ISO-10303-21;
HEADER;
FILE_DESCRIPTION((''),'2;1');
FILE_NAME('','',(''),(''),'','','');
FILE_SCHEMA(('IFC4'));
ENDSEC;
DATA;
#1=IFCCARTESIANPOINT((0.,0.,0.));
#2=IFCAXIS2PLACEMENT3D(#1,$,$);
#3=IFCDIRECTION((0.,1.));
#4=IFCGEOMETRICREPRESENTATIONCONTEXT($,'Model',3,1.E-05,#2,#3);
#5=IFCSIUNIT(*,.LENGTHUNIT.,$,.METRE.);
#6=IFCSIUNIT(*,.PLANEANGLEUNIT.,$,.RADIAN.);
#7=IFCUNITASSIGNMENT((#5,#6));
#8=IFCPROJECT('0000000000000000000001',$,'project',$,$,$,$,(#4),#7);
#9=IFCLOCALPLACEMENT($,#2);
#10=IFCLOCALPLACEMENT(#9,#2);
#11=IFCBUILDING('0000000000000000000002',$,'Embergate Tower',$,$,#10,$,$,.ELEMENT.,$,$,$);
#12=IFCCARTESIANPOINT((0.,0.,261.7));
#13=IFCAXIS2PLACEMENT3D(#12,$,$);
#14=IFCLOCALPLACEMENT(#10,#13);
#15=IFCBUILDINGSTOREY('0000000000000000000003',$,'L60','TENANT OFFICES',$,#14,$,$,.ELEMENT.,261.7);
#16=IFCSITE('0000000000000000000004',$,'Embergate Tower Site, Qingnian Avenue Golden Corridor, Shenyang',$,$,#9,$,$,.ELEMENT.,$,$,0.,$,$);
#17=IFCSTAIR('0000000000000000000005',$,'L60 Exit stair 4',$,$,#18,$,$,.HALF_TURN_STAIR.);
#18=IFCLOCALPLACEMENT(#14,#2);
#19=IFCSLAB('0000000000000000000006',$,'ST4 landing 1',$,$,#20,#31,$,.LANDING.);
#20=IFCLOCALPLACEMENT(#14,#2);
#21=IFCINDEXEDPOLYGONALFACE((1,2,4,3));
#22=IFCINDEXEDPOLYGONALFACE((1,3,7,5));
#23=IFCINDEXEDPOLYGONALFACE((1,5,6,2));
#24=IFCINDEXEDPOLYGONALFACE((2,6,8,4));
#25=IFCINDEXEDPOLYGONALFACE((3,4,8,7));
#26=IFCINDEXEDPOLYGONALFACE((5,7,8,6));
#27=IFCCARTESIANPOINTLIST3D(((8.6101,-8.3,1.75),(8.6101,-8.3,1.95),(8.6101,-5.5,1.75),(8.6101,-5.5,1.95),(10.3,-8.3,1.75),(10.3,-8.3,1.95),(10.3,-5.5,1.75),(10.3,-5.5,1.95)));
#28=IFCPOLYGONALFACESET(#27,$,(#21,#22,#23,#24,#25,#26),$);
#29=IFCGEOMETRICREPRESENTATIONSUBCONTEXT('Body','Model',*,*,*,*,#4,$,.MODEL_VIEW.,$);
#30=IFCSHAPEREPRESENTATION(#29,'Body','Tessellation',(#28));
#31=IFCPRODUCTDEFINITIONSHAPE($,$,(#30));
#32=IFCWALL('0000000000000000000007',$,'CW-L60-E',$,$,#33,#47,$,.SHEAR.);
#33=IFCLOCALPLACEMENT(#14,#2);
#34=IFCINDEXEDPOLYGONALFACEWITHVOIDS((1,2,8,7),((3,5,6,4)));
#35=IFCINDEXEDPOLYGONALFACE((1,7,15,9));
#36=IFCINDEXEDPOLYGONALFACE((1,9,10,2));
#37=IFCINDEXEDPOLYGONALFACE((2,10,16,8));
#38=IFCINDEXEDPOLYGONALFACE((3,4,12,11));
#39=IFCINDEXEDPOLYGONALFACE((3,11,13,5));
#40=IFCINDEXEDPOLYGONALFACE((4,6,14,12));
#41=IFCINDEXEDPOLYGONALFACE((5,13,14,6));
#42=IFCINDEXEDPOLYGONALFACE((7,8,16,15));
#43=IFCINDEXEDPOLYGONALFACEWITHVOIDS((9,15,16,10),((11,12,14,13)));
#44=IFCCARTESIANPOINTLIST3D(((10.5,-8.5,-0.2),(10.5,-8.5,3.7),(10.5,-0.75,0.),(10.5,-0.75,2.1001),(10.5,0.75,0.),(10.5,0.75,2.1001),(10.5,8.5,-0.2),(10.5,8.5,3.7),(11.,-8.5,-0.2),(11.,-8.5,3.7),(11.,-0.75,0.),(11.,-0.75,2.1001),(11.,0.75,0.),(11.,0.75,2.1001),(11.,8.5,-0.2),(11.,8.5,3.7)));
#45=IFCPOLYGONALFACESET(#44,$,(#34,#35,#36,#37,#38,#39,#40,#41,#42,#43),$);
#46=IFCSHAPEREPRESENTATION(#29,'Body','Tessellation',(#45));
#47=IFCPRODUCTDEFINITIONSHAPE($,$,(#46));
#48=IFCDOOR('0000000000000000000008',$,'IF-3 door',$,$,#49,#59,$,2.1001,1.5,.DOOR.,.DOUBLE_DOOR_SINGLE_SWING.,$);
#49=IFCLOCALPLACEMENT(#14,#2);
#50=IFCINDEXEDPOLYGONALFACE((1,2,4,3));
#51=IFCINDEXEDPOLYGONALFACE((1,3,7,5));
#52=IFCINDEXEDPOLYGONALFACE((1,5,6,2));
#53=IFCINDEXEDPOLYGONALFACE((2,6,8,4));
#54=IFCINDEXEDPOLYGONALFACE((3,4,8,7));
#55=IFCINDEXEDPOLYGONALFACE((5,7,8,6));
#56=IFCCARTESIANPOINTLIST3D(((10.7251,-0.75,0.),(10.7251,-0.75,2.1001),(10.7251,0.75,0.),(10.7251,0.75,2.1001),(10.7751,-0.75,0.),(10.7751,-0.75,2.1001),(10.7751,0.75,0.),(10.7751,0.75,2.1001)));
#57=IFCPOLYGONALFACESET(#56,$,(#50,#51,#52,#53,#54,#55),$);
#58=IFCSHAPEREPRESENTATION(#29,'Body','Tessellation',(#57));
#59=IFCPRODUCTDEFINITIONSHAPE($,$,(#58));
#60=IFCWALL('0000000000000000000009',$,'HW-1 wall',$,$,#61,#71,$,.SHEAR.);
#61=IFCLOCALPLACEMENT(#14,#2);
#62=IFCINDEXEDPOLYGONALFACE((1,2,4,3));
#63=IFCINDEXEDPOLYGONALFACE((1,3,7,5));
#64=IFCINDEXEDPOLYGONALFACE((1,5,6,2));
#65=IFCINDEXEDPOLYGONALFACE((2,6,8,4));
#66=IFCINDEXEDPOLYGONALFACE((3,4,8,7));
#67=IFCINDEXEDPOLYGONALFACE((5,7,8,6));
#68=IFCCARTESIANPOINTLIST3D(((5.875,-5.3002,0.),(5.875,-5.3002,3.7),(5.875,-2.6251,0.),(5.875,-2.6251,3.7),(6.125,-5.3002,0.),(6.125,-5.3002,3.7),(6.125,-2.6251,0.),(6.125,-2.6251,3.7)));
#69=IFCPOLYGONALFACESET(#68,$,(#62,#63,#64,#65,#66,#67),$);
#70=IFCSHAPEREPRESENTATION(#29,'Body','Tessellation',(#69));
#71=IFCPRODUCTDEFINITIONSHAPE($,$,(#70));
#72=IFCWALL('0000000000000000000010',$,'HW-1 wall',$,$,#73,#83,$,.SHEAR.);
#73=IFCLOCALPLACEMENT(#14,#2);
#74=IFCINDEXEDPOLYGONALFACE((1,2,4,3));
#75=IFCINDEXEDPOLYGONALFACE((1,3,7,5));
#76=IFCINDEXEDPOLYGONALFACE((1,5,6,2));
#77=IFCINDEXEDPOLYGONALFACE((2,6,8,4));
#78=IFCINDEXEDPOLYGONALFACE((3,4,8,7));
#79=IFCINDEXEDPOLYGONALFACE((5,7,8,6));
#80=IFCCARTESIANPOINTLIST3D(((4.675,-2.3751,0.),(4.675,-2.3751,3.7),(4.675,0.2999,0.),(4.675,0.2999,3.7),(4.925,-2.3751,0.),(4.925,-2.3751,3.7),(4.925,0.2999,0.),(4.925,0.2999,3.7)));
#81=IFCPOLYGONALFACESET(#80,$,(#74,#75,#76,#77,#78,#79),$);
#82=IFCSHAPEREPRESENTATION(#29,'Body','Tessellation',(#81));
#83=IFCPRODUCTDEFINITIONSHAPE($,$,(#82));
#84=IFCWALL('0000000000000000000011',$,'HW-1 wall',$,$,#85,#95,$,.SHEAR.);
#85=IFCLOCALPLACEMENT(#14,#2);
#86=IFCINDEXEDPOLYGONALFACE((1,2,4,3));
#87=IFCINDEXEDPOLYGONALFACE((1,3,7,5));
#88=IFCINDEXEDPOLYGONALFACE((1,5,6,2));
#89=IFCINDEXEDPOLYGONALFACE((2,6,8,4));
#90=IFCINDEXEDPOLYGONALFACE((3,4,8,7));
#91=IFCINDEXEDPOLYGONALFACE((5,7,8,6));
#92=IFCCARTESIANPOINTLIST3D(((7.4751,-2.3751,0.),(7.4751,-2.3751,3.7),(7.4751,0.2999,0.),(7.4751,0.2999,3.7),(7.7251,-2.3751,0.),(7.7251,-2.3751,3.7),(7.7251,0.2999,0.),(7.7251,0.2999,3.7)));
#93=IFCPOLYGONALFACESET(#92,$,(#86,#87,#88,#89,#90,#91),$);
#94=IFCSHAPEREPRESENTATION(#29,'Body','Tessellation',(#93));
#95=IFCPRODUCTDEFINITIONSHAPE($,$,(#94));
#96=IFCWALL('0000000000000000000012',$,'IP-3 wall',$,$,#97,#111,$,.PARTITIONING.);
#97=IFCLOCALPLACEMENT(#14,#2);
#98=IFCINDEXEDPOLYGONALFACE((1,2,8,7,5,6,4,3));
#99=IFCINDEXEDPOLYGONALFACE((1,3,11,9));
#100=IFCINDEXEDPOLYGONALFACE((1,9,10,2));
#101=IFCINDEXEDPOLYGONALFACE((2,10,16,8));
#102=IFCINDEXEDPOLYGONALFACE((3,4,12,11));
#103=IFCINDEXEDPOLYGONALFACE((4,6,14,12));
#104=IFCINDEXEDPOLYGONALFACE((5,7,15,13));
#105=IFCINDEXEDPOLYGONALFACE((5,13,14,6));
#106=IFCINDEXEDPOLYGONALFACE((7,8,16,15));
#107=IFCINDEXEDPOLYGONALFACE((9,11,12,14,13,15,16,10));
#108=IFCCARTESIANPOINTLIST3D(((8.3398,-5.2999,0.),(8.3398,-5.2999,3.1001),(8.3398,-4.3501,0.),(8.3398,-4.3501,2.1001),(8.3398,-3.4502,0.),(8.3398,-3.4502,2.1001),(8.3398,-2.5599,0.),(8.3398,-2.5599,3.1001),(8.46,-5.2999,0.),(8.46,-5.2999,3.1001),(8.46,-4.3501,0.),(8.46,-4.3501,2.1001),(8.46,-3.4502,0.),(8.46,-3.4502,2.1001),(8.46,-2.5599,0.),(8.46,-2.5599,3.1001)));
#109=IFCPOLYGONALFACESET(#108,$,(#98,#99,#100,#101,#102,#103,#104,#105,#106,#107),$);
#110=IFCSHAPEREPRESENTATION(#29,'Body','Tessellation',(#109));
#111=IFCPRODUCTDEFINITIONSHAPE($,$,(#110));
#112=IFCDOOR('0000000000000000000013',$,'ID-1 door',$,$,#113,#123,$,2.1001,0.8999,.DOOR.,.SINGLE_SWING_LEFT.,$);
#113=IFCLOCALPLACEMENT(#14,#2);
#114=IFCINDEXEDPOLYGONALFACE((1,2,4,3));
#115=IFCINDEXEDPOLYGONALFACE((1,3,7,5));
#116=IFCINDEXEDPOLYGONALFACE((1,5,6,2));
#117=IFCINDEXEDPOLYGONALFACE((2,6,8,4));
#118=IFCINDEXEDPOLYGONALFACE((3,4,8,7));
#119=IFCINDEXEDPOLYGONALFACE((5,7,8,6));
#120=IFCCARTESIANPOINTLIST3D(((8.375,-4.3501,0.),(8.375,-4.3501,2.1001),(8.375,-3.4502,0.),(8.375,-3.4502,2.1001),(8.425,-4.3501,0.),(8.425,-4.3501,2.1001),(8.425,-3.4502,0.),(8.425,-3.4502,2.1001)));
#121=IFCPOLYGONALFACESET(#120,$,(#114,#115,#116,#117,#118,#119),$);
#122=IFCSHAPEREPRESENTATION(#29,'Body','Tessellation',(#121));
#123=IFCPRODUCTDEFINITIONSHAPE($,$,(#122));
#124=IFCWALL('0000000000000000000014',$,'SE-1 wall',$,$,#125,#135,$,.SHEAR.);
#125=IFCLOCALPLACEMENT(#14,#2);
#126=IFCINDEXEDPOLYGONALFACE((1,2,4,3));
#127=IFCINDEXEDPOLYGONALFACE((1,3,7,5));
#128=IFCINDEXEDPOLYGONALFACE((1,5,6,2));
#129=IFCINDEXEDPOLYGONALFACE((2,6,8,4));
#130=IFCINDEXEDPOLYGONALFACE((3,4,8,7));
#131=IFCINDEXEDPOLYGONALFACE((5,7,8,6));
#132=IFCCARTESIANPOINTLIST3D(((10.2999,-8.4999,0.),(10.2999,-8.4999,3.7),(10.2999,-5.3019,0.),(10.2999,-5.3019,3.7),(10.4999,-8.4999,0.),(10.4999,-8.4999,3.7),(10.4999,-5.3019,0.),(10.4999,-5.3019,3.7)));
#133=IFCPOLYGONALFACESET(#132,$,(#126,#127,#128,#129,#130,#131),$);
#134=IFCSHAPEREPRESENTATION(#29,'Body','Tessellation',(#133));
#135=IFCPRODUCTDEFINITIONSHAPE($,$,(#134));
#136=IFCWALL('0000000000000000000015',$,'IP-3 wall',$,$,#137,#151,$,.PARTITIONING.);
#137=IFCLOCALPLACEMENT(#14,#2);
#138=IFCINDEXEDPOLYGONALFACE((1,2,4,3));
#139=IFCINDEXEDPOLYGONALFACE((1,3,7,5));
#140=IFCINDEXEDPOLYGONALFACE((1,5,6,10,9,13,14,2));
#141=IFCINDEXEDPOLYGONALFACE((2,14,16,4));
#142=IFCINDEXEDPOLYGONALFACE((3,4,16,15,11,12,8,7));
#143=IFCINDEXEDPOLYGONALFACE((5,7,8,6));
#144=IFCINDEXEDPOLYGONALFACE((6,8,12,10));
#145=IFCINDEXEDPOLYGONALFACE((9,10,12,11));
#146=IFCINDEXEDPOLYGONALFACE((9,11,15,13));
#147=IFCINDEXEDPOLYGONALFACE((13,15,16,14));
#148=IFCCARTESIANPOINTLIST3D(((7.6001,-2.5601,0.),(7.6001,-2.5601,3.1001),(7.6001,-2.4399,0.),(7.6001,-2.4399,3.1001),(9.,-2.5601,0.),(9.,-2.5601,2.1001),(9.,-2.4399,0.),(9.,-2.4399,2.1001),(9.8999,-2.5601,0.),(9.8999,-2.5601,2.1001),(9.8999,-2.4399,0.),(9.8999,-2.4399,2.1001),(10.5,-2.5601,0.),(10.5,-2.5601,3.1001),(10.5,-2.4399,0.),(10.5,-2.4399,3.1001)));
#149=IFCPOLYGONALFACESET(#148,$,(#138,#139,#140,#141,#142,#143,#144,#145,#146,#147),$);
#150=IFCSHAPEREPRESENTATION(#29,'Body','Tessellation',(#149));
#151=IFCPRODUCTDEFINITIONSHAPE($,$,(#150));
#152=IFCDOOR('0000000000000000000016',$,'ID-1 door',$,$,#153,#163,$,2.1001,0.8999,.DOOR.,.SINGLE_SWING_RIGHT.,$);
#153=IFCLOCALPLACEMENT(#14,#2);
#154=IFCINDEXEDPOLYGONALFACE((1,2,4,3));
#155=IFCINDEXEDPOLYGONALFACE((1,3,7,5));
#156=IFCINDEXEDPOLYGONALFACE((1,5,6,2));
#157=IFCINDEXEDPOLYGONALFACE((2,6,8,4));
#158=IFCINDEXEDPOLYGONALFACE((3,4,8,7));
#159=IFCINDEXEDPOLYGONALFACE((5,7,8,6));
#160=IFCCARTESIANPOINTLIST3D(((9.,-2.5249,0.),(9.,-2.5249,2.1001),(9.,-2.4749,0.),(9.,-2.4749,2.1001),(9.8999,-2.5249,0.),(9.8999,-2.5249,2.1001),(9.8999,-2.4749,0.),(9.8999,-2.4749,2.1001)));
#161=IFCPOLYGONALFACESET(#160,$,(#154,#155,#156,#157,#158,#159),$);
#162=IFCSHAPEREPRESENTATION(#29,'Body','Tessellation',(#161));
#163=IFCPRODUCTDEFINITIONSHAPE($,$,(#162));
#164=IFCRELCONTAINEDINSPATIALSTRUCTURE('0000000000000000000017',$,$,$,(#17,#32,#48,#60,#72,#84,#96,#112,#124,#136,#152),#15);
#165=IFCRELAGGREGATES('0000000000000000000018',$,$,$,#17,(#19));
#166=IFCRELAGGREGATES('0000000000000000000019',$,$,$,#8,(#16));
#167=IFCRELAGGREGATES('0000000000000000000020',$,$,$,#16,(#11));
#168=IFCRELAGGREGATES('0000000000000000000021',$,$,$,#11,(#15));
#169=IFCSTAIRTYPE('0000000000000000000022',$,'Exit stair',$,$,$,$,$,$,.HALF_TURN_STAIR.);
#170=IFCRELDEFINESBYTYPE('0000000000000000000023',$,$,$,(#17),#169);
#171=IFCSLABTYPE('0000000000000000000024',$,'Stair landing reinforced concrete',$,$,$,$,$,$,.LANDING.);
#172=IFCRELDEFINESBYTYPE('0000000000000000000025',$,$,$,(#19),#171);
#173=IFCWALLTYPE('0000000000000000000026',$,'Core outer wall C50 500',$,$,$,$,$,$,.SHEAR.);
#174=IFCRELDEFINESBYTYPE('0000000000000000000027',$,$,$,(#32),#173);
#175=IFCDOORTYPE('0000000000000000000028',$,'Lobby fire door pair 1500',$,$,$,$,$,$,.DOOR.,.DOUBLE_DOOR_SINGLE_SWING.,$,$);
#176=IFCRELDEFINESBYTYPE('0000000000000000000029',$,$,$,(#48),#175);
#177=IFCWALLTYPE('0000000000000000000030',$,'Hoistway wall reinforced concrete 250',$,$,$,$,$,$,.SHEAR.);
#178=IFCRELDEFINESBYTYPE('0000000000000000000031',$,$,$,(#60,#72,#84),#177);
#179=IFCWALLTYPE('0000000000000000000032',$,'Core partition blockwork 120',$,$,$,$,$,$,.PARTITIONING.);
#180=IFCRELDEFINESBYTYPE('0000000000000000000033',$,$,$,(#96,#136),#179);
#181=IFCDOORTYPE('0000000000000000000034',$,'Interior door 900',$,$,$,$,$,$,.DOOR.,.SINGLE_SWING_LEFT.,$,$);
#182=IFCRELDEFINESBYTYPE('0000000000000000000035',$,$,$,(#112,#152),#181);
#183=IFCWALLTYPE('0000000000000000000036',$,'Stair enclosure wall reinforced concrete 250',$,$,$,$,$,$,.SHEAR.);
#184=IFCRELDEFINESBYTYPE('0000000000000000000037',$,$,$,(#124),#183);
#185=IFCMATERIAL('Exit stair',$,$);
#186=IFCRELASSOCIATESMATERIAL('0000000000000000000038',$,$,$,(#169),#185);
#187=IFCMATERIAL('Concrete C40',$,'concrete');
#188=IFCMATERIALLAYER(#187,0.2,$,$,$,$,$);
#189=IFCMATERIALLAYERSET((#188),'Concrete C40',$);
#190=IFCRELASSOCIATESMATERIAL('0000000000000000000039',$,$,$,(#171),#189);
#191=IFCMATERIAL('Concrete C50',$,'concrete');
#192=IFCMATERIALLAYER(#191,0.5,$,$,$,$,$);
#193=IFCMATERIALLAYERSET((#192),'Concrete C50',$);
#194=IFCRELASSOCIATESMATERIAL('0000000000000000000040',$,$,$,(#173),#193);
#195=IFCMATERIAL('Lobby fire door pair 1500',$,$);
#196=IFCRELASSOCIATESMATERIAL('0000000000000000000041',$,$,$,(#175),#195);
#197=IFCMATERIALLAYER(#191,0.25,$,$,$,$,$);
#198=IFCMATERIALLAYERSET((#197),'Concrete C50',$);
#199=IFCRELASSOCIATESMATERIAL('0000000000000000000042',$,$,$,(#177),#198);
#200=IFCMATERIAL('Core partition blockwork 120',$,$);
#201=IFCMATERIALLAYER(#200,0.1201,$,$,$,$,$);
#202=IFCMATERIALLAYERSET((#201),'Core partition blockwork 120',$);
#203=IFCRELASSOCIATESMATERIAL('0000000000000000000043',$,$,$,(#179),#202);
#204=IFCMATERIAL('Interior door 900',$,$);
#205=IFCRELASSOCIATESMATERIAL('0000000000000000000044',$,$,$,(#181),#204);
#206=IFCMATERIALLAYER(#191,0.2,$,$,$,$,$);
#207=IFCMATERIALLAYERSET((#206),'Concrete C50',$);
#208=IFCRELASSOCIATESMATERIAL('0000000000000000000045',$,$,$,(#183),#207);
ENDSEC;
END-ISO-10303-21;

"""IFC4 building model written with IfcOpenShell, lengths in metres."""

from ifc_helpers import new_model, si_unit, direction, frame, frame_2d, origin, place, context, subcontext, project, spatial, polyline, rectangle, outline, extrude, source, transform, mapped, material, layer, layer_set, type_object, element, fill, aggregate, save


model = new_model("IFC4")

# Units and contexts
model_context = context("Model", 3, precision=1e-05, world=origin(), true_north=direction((0.0, 1.0)))
body_context = subcontext(model_context, "Body", "Model", "MODEL_VIEW")
ifc_project = project(units=[si_unit("LENGTHUNIT", "METRE"), si_unit("PLANEANGLEUNIT", "RADIAN")], contexts=[model_context])

# Site, building, storey
site_placement = place(None, origin())
site = spatial("IfcSite", under=ifc_project, at=site_placement, Name="Embergate Tower Site, Qingnian Avenue Golden Corridor, Shenyang", CompositionType="ELEMENT", RefElevation=0.0)
building_placement = place(site_placement, origin())
building = spatial("IfcBuilding", under=site, at=building_placement, Name="Embergate Tower", CompositionType="ELEMENT")
storey_placement = place(building_placement, frame((0.0, 0.0, 261.7)))
storey = spatial("IfcBuildingStorey", under=building, at=storey_placement, Name="L60", Description="TENANT OFFICES", CompositionType="ELEMENT", Elevation=261.7)

# Stair, slab
ifc_material_1 = material(Name="Exit stair")
stair_type = type_object("IfcStairType", Name="Exit stair", PredefinedType="HALF_TURN_STAIR", material=ifc_material_1)
stair_placement = place(storey_placement, origin())
stair = element("IfcStair", 1, at=stair_placement, inside=storey, type_object=stair_type, Name="L60 Exit stair 4", PredefinedType="HALF_TURN_STAIR")
ifc_material_2 = material(Name="Concrete C40", Category="concrete")
ifc_layer_1 = layer(ifc_material_2, 0.2)
ifc_layer_set_1 = layer_set([ifc_layer_1], Name="Concrete C40")
slab_type = type_object("IfcSlabType", Name="Stair landing reinforced concrete", PredefinedType="LANDING", material=ifc_layer_set_1)
shared_shape_1 = source(origin(), body_context, "Body", "SweptSolid", [
    extrude(outline(polyline([(0.0, 0.0), (1.6899, 0.0), (1.6899, 2.8), (0.0, 2.8), (0.0, 0.0)])), origin(), (0.0, 0.0, 1.0), 0.2),
])
slab_placement = place(storey_placement, frame((8.6101, -8.3, 1.75)))
slab = element("IfcSlab", 2, at=slab_placement, type_object=slab_type, Name="ST4 landing 1", PredefinedType="LANDING", context=body_context, shape_type="MappedRepresentation", body=[
    mapped(shared_shape_1, transform((0.0, 0.0, 0.0))),
])

# Wall, opening, door
ifc_material_3 = material(Name="Concrete C50", Category="concrete")
ifc_layer_2 = layer(ifc_material_3, 0.5)
ifc_layer_set_2 = layer_set([ifc_layer_2], Name="Concrete C50")
wall_type_1 = type_object("IfcWallType", Name="Core outer wall C50 500", PredefinedType="SHEAR", material=ifc_layer_set_2)
shared_shape_2 = source(origin(), body_context, "Body", "SweptSolid", [
    extrude(rectangle(XDim=17.0, YDim=0.5, at=frame_2d((8.5, 0.0))), origin(), (0.0, 0.0, 1.0), 3.8999),
])
wall_1_placement = place(storey_placement, frame((10.75, -8.5, -0.2), z_axis=(0.0, 0.0, 1.0), x_axis=(0.0, 1.0, 0.0)))
wall_1 = element("IfcWall", 3, at=wall_1_placement, inside=storey, type_object=wall_type_1, Name="CW-L60-E", PredefinedType="SHEAR", context=body_context, shape_type="MappedRepresentation", body=[
    mapped(shared_shape_2, transform((0.0, 0.0, 0.0))),
])
shared_shape_3 = source(origin(), body_context, "Body", "SweptSolid", [
    extrude(rectangle(XDim=1.5, YDim=2.1001, at=frame_2d((0.75, 1.05))), frame((0.0, 0.26, 0.0), z_axis=(0.0, -1.0, 0.0), x_axis=(1.0, 0.0, 0.0)), (0.0, 0.0, 1.0), 0.52),
])
opening_1_placement = place(wall_1_placement, frame((7.75, 0.0, 0.2)))
opening_1 = element("IfcOpeningElement", 4, at=opening_1_placement, cuts=wall_1, PredefinedType="OPENING", context=body_context, shape_type="MappedRepresentation", body=[
    mapped(shared_shape_3, transform((0.0, 0.0, 0.0))),
])
ifc_material_4 = material(Name="Lobby fire door pair 1500")
door_type_1 = type_object("IfcDoorType", Name="Lobby fire door pair 1500", OperationType="DOUBLE_DOOR_SINGLE_SWING", PredefinedType="DOOR", material=ifc_material_4)
shared_shape_4 = source(origin(), body_context, "Body", "SweptSolid", [
    extrude(rectangle(XDim=1.5, YDim=2.1001, at=frame_2d((0.75, 1.05))), frame((0.0, 0.0249, 0.0), z_axis=(0.0, -1.0, 0.0), x_axis=(1.0, 0.0, 0.0)), (0.0, 0.0, 1.0), 0.05),
])
door_1_placement = place(opening_1_placement, origin())
door_1 = element("IfcDoor", 5, at=door_1_placement, inside=storey, type_object=door_type_1, Name="IF-3 door", OperationType="DOUBLE_DOOR_SINGLE_SWING", OverallHeight=2.1001, OverallWidth=1.5, PredefinedType="DOOR", context=body_context, shape_type="MappedRepresentation", body=[
    mapped(shared_shape_4, transform((0.0, 0.0, 0.0))),
])
fill(opening_1, door_1)

# Walls
ifc_layer_3 = layer(ifc_material_3, 0.25)
ifc_layer_set_3 = layer_set([ifc_layer_3], Name="Concrete C50")
wall_type_2 = type_object("IfcWallType", Name="Hoistway wall reinforced concrete 250", PredefinedType="SHEAR", material=ifc_layer_set_3)
shared_shape_5 = source(origin(), body_context, "Body", "SweptSolid", [
    extrude(rectangle(XDim=2.675, YDim=0.25, at=frame_2d((1.3374, 0.0))), origin(), (0.0, 0.0, 1.0), 3.7),
])
for number, where, z_axis, x_axis, name in (
    (6, (6.0, -5.3, 0.0), (0.0, 0.0, 1.0), (0.0, 1.0, 0.0), "HW-1 wall"),
    (7, (4.8, -2.375, 0.0), (0.0, 0.0, 1.0), (0.0, 1.0, 0.0), "HW-1 wall"),
    (8, (7.6001, -2.375, 0.0), (0.0, 0.0, 1.0), (0.0, 1.0, 0.0), "HW-1 wall"),
):
    element("IfcWall", number, at=place(storey_placement, frame(where, z_axis=z_axis, x_axis=x_axis)), inside=storey, type_object=wall_type_2, Name=name, PredefinedType="SHEAR", context=body_context, shape_type="MappedRepresentation", body=[
        mapped(shared_shape_5, transform((0.0, 0.0, 0.0))),
    ])

# Wall, opening, door
ifc_material_5 = material(Name="Core partition blockwork 120")
ifc_layer_4 = layer(ifc_material_5, 0.1201)
ifc_layer_set_4 = layer_set([ifc_layer_4], Name="Core partition blockwork 120")
wall_type_3 = type_object("IfcWallType", Name="Core partition blockwork 120", PredefinedType="PARTITIONING", material=ifc_layer_set_4)
shared_shape_6 = source(origin(), body_context, "Body", "SweptSolid", [
    extrude(rectangle(XDim=2.74, YDim=0.1201, at=frame_2d((1.3701, 0.0))), origin(), (0.0, 0.0, 1.0), 3.1001),
])
wall_2_placement = place(storey_placement, frame((8.3999, -5.3, 0.0), z_axis=(0.0, 0.0, 1.0), x_axis=(0.0, 1.0, 0.0)))
wall_2 = element("IfcWall", 9, at=wall_2_placement, inside=storey, type_object=wall_type_3, Name="IP-3 wall", PredefinedType="PARTITIONING", context=body_context, shape_type="MappedRepresentation", body=[
    mapped(shared_shape_6, transform((0.0, 0.0, 0.0))),
])
shared_shape_7 = source(origin(), body_context, "Body", "SweptSolid", [
    extrude(rectangle(XDim=0.8999, YDim=2.1001, at=frame_2d((0.45, 1.05))), frame((0.0, 0.0701, 0.0), z_axis=(0.0, -1.0, 0.0), x_axis=(1.0, 0.0, 0.0)), (0.0, 0.0, 1.0), 0.1401),
])
opening_2_placement = place(wall_2_placement, frame((0.95, 0.0, 0.0)))
opening_2 = element("IfcOpeningElement", 10, at=opening_2_placement, cuts=wall_2, PredefinedType="OPENING", context=body_context, shape_type="MappedRepresentation", body=[
    mapped(shared_shape_7, transform((0.0, 0.0, 0.0))),
])
ifc_material_6 = material(Name="Interior door 900")
door_type_2 = type_object("IfcDoorType", Name="Interior door 900", OperationType="SINGLE_SWING_LEFT", PredefinedType="DOOR", material=ifc_material_6)
shared_shape_8 = source(origin(), body_context, "Body", "SweptSolid", [
    extrude(rectangle(XDim=0.8999, YDim=2.1001, at=frame_2d((0.45, 1.05))), frame((0.0, 0.0249, 0.0), z_axis=(0.0, -1.0, 0.0), x_axis=(1.0, 0.0, 0.0)), (0.0, 0.0, 1.0), 0.05),
])
door_2_placement = place(opening_2_placement, origin())
door_2 = element("IfcDoor", 11, at=door_2_placement, inside=storey, type_object=door_type_2, Name="ID-1 door", OperationType="SINGLE_SWING_LEFT", OverallHeight=2.1001, OverallWidth=0.8999, PredefinedType="DOOR", context=body_context, shape_type="MappedRepresentation", body=[
    mapped(shared_shape_8, transform((0.0, 0.0, 0.0))),
])
fill(opening_2, door_2)

# Wall
ifc_layer_5 = layer(ifc_material_3, 0.2)
ifc_layer_set_5 = layer_set([ifc_layer_5], Name="Concrete C50")
wall_type_4 = type_object("IfcWallType", Name="Stair enclosure wall reinforced concrete 250", PredefinedType="SHEAR", material=ifc_layer_set_5)
shared_shape_9 = source(origin(), body_context, "Body", "SweptSolid", [
    extrude(rectangle(XDim=3.198, YDim=0.2, at=frame_2d((1.5991, 0.0))), origin(), (0.0, 0.0, 1.0), 3.7),
])
wall_3_placement = place(storey_placement, frame((10.3999, -8.5, 0.0), z_axis=(0.0, 0.0, 1.0), x_axis=(0.0, 1.0, 0.0)))
element("IfcWall", 12, at=wall_3_placement, inside=storey, type_object=wall_type_4, Name="SE-1 wall", PredefinedType="SHEAR", context=body_context, shape_type="MappedRepresentation", body=[
    mapped(shared_shape_9, transform((0.0, 0.0, 0.0))),
])

# Wall, opening, door
shared_shape_10 = source(origin(), body_context, "Body", "SweptSolid", [
    extrude(rectangle(XDim=2.8999, YDim=0.1201, at=frame_2d((1.45, 0.0))), origin(), (0.0, 0.0, 1.0), 3.1001),
])
wall_4_placement = place(storey_placement, frame((10.5, -2.5, 0.0), z_axis=(0.0, 0.0, 1.0), x_axis=(-1.0, 0.0, 0.0)))
wall_4 = element("IfcWall", 13, at=wall_4_placement, inside=storey, type_object=wall_type_3, Name="IP-3 wall", PredefinedType="PARTITIONING", context=body_context, shape_type="MappedRepresentation", body=[
    mapped(shared_shape_10, transform((0.0, 0.0, 0.0))),
])
opening_3_placement = place(wall_4_placement, frame((0.6001, 0.0, 0.0)))
opening_3 = element("IfcOpeningElement", 14, at=opening_3_placement, cuts=wall_4, PredefinedType="OPENING", context=body_context, shape_type="MappedRepresentation", body=[
    mapped(shared_shape_7, transform((0.0, 0.0, 0.0))),
])
door_3_placement = place(opening_3_placement, origin())
door_3 = element("IfcDoor", 15, at=door_3_placement, inside=storey, type_object=door_type_2, Name="ID-1 door", OperationType="SINGLE_SWING_RIGHT", OverallHeight=2.1001, OverallWidth=0.8999, PredefinedType="DOOR", context=body_context, shape_type="MappedRepresentation", body=[
    mapped(shared_shape_8, transform((0.0, 0.0, 0.0))),
])
fill(opening_3, door_3)

aggregate(stair, [slab])

save(model, "model.ifc")
